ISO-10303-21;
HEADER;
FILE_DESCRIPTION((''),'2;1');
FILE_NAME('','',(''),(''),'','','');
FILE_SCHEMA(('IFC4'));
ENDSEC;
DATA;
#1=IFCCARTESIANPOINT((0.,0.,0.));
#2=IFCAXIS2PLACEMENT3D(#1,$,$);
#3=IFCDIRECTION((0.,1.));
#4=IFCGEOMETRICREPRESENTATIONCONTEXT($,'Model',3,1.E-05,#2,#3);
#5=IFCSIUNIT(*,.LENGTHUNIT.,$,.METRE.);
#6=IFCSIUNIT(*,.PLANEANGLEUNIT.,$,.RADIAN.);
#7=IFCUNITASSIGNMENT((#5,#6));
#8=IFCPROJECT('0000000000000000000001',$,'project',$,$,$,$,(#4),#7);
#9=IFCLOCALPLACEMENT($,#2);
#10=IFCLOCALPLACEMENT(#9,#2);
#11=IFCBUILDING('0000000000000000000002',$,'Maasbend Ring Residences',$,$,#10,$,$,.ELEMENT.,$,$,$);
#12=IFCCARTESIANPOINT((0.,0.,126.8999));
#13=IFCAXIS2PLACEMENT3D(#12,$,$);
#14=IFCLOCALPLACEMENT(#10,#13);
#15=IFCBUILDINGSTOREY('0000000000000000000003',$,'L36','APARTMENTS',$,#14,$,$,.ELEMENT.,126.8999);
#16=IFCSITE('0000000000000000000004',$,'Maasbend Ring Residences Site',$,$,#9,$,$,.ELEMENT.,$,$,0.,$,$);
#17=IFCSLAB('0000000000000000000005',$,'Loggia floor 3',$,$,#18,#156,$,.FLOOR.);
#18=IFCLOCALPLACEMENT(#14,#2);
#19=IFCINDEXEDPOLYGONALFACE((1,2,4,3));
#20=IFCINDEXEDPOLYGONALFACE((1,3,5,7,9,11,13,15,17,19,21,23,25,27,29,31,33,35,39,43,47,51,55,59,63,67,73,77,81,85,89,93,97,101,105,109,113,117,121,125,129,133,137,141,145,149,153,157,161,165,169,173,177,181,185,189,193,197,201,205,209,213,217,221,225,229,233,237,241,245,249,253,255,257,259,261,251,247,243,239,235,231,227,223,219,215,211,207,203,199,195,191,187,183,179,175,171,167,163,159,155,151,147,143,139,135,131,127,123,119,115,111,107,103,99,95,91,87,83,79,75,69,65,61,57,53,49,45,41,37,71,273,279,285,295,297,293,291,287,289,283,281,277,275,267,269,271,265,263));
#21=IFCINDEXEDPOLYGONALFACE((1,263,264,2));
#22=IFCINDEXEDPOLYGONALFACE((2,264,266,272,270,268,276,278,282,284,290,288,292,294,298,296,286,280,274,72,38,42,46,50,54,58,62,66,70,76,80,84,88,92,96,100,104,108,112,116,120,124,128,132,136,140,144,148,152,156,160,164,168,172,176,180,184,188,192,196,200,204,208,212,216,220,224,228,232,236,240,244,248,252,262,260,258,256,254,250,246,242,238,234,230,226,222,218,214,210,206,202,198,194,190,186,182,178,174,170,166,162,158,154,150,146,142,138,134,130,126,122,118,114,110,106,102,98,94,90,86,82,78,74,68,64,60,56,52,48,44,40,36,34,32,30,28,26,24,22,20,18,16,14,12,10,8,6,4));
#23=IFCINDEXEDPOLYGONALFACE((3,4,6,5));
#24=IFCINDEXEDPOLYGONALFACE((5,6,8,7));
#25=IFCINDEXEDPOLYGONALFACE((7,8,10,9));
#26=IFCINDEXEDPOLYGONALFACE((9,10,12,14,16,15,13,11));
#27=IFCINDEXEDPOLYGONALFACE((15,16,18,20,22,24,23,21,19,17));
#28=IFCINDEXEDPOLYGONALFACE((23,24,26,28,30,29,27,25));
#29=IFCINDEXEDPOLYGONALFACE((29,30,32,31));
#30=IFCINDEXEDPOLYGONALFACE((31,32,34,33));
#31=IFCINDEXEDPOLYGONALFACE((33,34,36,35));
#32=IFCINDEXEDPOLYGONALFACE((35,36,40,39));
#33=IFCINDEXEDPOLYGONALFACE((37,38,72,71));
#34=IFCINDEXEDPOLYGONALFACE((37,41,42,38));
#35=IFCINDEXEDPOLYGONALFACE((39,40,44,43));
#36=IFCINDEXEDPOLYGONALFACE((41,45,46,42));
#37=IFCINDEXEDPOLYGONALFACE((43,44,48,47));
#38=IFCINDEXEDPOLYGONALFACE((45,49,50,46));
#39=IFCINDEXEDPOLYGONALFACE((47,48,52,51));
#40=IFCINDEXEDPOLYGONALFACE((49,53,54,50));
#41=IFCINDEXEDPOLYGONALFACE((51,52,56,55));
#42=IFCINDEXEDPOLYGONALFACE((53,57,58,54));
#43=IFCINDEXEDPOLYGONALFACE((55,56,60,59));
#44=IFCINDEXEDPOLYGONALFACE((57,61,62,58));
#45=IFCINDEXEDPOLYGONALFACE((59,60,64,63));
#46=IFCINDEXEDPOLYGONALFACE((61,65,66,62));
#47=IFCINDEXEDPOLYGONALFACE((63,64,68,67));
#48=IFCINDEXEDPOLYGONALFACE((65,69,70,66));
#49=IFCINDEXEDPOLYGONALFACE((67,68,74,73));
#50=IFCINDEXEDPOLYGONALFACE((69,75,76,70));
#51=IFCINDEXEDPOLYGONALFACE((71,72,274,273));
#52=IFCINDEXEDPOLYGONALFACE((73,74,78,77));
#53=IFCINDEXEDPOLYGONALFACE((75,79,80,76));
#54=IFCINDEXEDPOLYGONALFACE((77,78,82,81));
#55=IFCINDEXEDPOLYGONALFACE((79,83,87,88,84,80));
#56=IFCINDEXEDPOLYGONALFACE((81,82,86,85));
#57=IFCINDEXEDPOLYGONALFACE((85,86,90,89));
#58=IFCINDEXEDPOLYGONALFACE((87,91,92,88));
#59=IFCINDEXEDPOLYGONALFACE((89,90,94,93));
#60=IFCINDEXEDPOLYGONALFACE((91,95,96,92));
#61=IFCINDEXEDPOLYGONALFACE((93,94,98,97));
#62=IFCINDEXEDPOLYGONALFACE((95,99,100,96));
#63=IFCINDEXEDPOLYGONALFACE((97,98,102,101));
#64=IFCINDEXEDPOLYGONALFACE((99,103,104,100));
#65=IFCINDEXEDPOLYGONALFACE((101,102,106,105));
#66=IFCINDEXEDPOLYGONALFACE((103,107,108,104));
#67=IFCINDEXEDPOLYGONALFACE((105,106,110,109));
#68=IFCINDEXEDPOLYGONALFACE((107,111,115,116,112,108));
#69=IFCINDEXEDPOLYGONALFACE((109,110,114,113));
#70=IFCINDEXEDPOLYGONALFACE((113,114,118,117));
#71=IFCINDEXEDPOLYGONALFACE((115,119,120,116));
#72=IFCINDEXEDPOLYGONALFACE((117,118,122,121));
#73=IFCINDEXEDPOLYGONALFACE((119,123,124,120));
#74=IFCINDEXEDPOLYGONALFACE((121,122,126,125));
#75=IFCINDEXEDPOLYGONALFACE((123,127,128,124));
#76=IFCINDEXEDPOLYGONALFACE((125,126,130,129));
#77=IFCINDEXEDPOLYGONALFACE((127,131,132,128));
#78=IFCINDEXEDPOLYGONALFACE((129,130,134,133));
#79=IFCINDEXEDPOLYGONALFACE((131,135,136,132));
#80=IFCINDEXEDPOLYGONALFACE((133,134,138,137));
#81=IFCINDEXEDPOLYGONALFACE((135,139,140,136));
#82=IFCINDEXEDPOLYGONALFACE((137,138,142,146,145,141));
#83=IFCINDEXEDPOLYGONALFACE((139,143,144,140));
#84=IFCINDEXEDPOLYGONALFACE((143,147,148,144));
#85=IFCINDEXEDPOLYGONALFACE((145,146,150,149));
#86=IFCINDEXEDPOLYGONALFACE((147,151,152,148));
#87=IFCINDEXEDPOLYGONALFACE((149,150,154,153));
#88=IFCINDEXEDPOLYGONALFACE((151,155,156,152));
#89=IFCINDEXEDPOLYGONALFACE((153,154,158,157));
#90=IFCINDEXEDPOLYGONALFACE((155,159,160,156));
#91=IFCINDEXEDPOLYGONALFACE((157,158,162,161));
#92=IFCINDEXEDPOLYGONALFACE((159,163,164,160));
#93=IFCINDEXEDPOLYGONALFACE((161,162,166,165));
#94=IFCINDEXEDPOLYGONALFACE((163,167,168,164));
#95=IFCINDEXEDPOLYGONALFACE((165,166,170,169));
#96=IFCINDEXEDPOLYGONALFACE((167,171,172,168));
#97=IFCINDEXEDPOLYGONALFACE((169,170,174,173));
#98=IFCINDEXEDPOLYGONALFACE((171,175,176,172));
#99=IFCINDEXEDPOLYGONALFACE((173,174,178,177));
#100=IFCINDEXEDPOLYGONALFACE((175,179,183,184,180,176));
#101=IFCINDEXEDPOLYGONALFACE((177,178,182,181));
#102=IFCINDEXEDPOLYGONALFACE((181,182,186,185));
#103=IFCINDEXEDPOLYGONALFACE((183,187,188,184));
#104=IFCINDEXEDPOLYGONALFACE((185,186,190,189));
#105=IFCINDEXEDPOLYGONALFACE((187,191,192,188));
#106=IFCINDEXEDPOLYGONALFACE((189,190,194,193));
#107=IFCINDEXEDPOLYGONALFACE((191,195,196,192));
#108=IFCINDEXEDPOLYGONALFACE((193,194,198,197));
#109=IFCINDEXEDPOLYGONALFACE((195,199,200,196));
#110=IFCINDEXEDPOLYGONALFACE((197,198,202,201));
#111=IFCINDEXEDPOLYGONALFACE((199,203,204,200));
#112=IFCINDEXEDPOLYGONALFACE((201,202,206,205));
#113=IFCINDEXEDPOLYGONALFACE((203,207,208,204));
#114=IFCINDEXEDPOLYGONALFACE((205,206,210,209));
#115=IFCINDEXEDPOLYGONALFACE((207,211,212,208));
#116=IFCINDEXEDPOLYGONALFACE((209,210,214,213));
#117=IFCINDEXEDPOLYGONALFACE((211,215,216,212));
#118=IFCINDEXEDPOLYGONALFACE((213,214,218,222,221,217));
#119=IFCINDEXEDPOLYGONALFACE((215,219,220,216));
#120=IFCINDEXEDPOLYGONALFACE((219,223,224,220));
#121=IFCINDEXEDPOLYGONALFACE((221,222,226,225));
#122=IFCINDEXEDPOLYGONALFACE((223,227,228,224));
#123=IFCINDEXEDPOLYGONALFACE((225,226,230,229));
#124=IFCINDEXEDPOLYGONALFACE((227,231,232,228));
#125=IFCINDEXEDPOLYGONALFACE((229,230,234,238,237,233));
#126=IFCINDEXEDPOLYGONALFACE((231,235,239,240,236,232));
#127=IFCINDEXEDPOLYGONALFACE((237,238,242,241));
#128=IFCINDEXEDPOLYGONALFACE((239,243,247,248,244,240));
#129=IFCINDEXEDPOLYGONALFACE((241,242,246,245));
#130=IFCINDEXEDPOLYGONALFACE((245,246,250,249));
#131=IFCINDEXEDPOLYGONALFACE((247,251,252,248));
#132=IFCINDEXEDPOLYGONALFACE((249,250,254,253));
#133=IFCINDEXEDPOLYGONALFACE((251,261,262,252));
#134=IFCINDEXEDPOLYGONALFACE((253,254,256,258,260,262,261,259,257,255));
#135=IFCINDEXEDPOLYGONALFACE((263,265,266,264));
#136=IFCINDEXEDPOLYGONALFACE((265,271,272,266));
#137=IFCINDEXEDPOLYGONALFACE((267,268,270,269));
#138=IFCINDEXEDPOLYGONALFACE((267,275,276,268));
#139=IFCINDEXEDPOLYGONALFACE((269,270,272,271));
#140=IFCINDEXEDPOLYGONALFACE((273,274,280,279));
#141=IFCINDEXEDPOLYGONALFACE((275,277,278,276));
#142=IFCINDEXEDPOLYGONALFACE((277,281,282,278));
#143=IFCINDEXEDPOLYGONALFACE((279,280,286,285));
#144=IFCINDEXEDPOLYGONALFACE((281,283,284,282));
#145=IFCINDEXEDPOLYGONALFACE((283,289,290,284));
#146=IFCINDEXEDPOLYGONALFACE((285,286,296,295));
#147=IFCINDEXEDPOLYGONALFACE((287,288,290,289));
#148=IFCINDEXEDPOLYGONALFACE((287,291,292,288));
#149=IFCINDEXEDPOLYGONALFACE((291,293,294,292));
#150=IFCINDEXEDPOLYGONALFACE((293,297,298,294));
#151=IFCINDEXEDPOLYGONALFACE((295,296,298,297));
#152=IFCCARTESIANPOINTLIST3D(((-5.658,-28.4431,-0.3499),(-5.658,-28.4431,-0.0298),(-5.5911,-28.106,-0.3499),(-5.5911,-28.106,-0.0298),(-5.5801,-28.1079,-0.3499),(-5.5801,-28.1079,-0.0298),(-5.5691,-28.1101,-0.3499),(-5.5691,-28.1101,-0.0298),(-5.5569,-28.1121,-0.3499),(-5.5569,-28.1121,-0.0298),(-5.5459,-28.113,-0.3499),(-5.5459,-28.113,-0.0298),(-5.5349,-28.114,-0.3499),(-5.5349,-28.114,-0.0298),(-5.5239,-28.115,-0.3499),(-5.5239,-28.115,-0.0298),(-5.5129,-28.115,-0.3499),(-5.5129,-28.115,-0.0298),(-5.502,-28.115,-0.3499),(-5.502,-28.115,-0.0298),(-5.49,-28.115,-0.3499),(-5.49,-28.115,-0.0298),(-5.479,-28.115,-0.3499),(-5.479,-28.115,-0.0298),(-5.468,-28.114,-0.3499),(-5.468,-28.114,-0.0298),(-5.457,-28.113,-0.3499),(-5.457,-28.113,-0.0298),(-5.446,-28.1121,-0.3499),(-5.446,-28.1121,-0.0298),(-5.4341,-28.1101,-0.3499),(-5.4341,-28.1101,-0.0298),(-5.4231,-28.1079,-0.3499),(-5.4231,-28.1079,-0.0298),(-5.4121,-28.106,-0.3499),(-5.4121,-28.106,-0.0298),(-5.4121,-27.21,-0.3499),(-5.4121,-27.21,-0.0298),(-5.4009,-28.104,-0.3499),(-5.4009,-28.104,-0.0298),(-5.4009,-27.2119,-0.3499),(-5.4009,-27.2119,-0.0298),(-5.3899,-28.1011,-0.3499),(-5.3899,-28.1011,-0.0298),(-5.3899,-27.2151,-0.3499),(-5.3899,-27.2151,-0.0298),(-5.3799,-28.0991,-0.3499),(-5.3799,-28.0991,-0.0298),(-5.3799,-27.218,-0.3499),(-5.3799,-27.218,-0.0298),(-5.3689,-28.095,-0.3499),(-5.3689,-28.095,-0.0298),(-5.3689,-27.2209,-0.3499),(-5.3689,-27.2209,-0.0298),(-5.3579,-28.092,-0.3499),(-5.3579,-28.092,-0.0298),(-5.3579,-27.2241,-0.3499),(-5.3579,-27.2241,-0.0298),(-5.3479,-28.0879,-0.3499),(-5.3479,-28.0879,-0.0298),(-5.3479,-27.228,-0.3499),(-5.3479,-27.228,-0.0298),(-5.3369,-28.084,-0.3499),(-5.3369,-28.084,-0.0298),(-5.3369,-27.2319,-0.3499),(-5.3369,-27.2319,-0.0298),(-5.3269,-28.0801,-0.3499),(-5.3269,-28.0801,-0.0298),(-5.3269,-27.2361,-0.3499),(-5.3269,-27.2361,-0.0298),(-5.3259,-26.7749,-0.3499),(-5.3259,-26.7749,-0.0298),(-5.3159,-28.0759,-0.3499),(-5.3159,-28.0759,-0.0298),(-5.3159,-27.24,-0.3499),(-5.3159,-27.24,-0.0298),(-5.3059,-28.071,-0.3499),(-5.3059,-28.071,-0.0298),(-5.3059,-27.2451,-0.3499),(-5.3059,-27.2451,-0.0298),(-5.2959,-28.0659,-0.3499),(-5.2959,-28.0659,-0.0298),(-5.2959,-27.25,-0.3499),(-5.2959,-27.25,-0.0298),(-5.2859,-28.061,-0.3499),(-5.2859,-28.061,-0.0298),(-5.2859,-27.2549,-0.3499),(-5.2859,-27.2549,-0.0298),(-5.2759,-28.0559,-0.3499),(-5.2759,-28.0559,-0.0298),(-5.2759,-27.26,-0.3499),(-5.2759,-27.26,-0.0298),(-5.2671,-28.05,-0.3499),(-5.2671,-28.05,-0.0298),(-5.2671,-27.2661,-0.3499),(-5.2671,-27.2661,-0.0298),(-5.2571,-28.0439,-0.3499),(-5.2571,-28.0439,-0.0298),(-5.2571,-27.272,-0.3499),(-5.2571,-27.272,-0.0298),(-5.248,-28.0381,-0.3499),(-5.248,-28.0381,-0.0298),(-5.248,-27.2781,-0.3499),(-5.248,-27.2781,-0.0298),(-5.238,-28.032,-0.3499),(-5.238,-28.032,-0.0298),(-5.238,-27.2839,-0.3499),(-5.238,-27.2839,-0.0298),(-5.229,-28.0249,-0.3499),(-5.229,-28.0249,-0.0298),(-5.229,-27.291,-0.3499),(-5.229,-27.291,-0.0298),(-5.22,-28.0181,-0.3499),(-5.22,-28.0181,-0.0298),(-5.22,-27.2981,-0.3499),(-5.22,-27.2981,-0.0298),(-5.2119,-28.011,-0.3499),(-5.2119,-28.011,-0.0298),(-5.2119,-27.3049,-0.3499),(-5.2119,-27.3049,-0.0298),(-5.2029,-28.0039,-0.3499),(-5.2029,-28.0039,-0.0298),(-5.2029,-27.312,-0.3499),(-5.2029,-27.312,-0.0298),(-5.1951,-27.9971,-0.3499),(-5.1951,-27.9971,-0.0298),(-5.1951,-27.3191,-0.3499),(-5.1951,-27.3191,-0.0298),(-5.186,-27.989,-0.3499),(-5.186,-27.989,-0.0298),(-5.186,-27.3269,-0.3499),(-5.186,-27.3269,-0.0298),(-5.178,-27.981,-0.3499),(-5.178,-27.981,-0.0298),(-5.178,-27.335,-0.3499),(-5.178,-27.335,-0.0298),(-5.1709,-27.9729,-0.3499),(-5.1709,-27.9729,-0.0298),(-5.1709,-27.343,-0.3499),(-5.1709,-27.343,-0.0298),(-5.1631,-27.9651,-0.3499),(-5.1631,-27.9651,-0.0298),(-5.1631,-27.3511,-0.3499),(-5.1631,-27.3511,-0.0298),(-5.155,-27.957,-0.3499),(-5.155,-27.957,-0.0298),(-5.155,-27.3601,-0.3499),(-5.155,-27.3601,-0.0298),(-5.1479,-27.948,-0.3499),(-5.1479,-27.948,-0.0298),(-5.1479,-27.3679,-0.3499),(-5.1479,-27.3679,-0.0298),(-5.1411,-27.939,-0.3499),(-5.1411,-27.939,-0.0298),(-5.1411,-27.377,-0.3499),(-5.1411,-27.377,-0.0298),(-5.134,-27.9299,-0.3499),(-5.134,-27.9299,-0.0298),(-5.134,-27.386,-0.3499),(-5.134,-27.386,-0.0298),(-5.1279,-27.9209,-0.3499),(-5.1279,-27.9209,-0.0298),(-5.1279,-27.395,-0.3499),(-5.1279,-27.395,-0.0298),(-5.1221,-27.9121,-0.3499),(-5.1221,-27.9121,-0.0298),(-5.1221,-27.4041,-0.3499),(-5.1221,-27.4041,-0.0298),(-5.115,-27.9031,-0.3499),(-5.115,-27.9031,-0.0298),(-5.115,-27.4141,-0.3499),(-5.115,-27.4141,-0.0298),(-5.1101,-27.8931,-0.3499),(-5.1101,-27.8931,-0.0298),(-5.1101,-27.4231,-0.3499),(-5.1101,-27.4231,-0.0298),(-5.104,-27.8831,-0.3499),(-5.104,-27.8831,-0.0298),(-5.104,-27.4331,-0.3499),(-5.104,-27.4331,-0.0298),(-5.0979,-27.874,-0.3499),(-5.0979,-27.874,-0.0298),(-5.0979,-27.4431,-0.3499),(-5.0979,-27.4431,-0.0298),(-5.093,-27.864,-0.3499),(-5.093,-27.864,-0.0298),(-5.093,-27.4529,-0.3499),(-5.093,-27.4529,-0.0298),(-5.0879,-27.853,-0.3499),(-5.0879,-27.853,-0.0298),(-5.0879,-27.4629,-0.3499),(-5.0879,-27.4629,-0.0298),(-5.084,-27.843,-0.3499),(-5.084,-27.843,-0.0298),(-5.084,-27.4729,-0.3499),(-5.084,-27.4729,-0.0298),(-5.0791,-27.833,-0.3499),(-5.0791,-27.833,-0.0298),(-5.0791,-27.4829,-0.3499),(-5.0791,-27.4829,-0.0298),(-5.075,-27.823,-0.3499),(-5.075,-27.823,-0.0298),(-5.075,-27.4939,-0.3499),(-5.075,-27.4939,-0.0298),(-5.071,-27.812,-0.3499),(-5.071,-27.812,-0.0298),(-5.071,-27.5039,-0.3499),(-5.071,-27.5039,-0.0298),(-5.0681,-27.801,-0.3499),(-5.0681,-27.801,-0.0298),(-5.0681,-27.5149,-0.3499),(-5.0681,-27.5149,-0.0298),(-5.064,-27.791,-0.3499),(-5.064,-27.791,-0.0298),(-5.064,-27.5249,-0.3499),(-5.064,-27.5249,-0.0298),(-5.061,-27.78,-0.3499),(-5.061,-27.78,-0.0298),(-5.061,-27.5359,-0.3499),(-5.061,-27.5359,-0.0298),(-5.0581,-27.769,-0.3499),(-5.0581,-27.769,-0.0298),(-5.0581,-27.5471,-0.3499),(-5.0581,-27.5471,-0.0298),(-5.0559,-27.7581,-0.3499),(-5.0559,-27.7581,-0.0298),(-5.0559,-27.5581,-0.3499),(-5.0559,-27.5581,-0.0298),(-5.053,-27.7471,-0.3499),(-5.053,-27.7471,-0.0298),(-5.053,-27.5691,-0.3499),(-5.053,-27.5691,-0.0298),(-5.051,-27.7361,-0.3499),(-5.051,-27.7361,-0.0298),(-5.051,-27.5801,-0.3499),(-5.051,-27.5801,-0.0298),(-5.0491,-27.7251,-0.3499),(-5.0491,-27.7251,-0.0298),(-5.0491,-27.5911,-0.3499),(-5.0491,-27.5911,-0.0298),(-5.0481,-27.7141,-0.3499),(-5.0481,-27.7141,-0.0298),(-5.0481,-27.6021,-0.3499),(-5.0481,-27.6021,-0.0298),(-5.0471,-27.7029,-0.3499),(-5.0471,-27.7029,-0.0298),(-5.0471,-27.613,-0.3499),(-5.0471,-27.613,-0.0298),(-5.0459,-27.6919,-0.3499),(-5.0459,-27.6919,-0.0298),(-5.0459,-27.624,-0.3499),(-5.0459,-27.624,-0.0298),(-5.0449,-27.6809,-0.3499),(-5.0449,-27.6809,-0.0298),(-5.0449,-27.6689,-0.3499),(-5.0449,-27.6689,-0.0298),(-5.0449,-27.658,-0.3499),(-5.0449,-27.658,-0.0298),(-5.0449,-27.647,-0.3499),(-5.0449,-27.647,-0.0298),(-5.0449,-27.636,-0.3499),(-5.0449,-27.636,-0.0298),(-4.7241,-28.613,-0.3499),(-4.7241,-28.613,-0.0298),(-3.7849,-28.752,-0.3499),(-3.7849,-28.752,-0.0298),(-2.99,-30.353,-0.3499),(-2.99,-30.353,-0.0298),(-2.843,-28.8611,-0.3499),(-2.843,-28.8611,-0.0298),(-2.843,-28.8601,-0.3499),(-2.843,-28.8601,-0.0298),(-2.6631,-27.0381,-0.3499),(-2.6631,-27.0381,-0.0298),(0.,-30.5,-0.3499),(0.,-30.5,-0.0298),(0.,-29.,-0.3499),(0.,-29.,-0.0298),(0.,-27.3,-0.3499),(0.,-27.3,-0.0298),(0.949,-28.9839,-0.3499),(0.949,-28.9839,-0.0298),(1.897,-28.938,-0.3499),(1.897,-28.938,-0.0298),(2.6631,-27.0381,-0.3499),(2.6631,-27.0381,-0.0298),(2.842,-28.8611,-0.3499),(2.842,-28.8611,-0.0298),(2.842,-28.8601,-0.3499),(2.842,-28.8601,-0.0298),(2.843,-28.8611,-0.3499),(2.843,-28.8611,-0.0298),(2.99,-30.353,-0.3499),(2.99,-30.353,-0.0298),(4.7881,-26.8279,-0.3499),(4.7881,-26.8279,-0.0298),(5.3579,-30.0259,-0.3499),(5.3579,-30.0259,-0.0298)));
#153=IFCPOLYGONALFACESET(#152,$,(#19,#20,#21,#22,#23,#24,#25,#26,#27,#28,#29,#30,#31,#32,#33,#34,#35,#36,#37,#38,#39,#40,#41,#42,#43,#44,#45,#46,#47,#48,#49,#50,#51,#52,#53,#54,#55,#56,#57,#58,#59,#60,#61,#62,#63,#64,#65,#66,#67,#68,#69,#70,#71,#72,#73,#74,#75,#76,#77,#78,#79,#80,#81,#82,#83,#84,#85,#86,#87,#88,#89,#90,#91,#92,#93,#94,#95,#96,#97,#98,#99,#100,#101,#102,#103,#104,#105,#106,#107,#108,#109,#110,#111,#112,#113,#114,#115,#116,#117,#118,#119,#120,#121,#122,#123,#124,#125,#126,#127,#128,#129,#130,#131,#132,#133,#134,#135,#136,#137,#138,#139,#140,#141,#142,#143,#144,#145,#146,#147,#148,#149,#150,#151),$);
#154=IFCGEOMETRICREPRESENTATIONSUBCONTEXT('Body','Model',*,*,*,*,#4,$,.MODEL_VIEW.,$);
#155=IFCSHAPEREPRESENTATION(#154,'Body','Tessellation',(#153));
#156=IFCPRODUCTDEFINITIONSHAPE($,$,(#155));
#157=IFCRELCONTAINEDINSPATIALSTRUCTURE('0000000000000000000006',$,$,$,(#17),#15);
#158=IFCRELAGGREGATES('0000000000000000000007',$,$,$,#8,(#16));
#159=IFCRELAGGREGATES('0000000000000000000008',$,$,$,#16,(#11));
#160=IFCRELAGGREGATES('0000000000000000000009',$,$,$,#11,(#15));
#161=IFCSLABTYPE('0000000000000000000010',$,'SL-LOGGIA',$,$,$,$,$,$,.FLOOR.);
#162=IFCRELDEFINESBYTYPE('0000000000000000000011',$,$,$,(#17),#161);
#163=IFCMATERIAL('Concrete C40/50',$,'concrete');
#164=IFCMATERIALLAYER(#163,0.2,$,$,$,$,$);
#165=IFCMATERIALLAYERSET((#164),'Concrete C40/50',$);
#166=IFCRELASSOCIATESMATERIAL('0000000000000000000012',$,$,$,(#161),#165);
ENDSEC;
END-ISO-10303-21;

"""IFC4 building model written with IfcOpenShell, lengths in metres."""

from ifc_helpers import new_model, si_unit, direction, frame, origin, place, context, subcontext, project, spatial, polyline, outline, extrude, material, layer, layer_set, type_object, element, save


model = new_model("IFC4")

# Units and contexts
model_context = context("Model", 3, precision=1e-05, world=origin(), true_north=direction((0.0, 1.0)))
body_context = subcontext(model_context, "Body", "Model", "MODEL_VIEW")
ifc_project = project(units=[si_unit("LENGTHUNIT", "METRE"), si_unit("PLANEANGLEUNIT", "RADIAN")], contexts=[model_context])

# Site, building, storey
site_placement = place(None, origin())
site = spatial("IfcSite", under=ifc_project, at=site_placement, Name="Maasbend Ring Residences Site", CompositionType="ELEMENT", RefElevation=0.0)
building_placement = place(site_placement, origin())
building = spatial("IfcBuilding", under=site, at=building_placement, Name="Maasbend Ring Residences", CompositionType="ELEMENT")
storey_placement = place(building_placement, frame((0.0, 0.0, 126.8999)))
storey = spatial("IfcBuildingStorey", under=building, at=storey_placement, Name="L36", Description="APARTMENTS", CompositionType="ELEMENT", Elevation=126.8999)

# Slab
ifc_material_1 = material(Name="Concrete C40/50", Category="concrete")
ifc_layer_1 = layer(ifc_material_1, 0.2)
ifc_layer_set_1 = layer_set([ifc_layer_1], Name="Concrete C40/50")
slab_type_1 = type_object("IfcSlabType", Name="SL-LOGGIA", PredefinedType="FLOOR", material=ifc_layer_set_1)
slab_1_placement = place(storey_placement, frame((0.0, 0.0, -0.3499)))
element("IfcSlab", 1, at=slab_1_placement, inside=storey, type_object=slab_type_1, Name="Loggia floor 3", PredefinedType="FLOOR", context=body_context, shape_type="SweptSolid", body=[
    extrude(outline(polyline([(-2.6631, -27.0381), (0.0, -27.3), (0.0, -27.3), (0.0, -27.3), (2.6631, -27.0381), (4.7881, -26.8279), (4.7881, -26.8279), (4.7881, -26.8279), (5.3579, -30.0259), (5.3579, -30.0259), (5.3579, -30.0259), (2.99, -30.353), (2.99, -30.353), (2.99, -30.353), (2.843, -28.8611), (2.843, -28.8611), (2.843, -28.8611), (2.843, -28.8611), (2.842, -28.8611), (2.842, -28.8611), (2.842, -28.8611), (2.842, -28.8611), (2.842, -28.8611), (2.842, -28.8601), (2.842, -28.8601), (2.842, -28.8601), (2.842, -28.8601), (2.842, -28.8601), (2.842, -28.8601), (2.842, -28.8601), (2.842, -28.8601), (1.897, -28.938), (1.897, -28.938), (0.949, -28.9839), (0.949, -28.9839), (0.0, -29.0), (0.0, -29.0), (0.0, -29.0), (0.0, -29.0), (0.0, -29.0), (0.0, -29.0), (0.0, -29.0), (0.0, -29.0), (0.0, -29.0), (0.0, -29.0), (0.0, -29.0), (0.0, -29.0), (0.0, -29.0), (0.0, -29.0), (0.0, -29.0), (0.0, -29.0), (0.0, -29.0), (0.0, -30.5), (0.0, -30.5), (0.0, -30.5), (-2.99, -30.353), (-2.99, -30.353), (-2.99, -30.353), (-2.843, -28.8611), (-2.843, -28.8611), (-2.843, -28.8611), (-2.843, -28.8611), (-2.843, -28.8611), (-2.843, -28.8611), (-2.843, -28.8611), (-2.843, -28.8611), (-2.843, -28.8601), (-2.843, -28.8601), (-2.843, -28.8601), (-2.843, -28.8601), (-2.843, -28.8601), (-2.843, -28.8601), (-2.843, -28.8601), (-2.843, -28.8601), (-2.843, -28.8601), (-3.7849, -28.752), (-3.7849, -28.752), (-4.7241, -28.613), (-4.7241, -28.613), (-5.658, -28.4431), (-5.658, -28.4431), (-5.658, -28.4431), (-5.5911, -28.106), (-5.5911, -28.106), (-5.5801, -28.1079), (-5.5691, -28.1101), (-5.5569, -28.1121), (-5.5459, -28.113), (-5.5349, -28.114), (-5.5239, -28.115), (-5.5129, -28.115), (-5.502, -28.115), (-5.49, -28.115), (-5.479, -28.115), (-5.468, -28.114), (-5.457, -28.113), (-5.446, -28.1121), (-5.4341, -28.1101), (-5.4231, -28.1079), (-5.4121, -28.106), (-5.4009, -28.104), (-5.3899, -28.1011), (-5.3799, -28.0991), (-5.3689, -28.095), (-5.3579, -28.092), (-5.3479, -28.0879), (-5.3369, -28.084), (-5.3269, -28.0801), (-5.3159, -28.0759), (-5.3059, -28.071), (-5.2959, -28.0659), (-5.2859, -28.061), (-5.2759, -28.0559), (-5.2671, -28.05), (-5.2571, -28.0439), (-5.248, -28.0381), (-5.238, -28.032), (-5.229, -28.0249), (-5.22, -28.0181), (-5.2119, -28.011), (-5.2029, -28.0039), (-5.1951, -27.9971), (-5.186, -27.989), (-5.178, -27.981), (-5.1709, -27.9729), (-5.1631, -27.9651), (-5.155, -27.957), (-5.1479, -27.948), (-5.1411, -27.939), (-5.134, -27.9299), (-5.1279, -27.9209), (-5.1221, -27.9121), (-5.115, -27.9031), (-5.1101, -27.8931), (-5.104, -27.8831), (-5.0979, -27.874), (-5.093, -27.864), (-5.0879, -27.853), (-5.084, -27.843), (-5.0791, -27.833), (-5.075, -27.823), (-5.071, -27.812), (-5.0681, -27.801), (-5.064, -27.791), (-5.061, -27.78), (-5.0581, -27.769), (-5.0559, -27.7581), (-5.053, -27.7471), (-5.051, -27.7361), (-5.0491, -27.7251), (-5.0481, -27.7141), (-5.0471, -27.7029), (-5.0459, -27.6919), (-5.0449, -27.6809), (-5.0449, -27.6689), (-5.0449, -27.658), (-5.0449, -27.647), (-5.0449, -27.636), (-5.0459, -27.624), (-5.0471, -27.613), (-5.0481, -27.6021), (-5.0491, -27.5911), (-5.051, -27.5801), (-5.053, -27.5691), (-5.0559, -27.5581), (-5.0581, -27.5471), (-5.061, -27.5359), (-5.064, -27.5249), (-5.0681, -27.5149), (-5.071, -27.5039), (-5.075, -27.4939), (-5.0791, -27.4829), (-5.084, -27.4729), (-5.0879, -27.4629), (-5.093, -27.4529), (-5.0979, -27.4431), (-5.104, -27.4331), (-5.1101, -27.4231), (-5.115, -27.4141), (-5.1221, -27.4041), (-5.1279, -27.395), (-5.134, -27.386), (-5.1411, -27.377), (-5.1479, -27.3679), (-5.155, -27.3601), (-5.1631, -27.3511), (-5.1709, -27.343), (-5.178, -27.335), (-5.186, -27.3269), (-5.1951, -27.3191), (-5.2029, -27.312), (-5.2119, -27.3049), (-5.22, -27.2981), (-5.229, -27.291), (-5.238, -27.2839), (-5.248, -27.2781), (-5.2571, -27.272), (-5.2671, -27.2661), (-5.2759, -27.26), (-5.2859, -27.2549), (-5.2959, -27.25), (-5.3059, -27.2451), (-5.3159, -27.24), (-5.3269, -27.2361), (-5.3369, -27.2319), (-5.3479, -27.228), (-5.3579, -27.2241), (-5.3689, -27.2209), (-5.3799, -27.218), (-5.3899, -27.2151), (-5.4009, -27.2119), (-5.4121, -27.21), (-5.4121, -27.21), (-5.3259, -26.7749), (-5.3259, -26.7749), (-5.3259, -26.7749), (-2.6631, -27.0381)])), origin(), (0.0, 0.0, 1.0), 0.3201),
])

save(model, "model.ifc")
